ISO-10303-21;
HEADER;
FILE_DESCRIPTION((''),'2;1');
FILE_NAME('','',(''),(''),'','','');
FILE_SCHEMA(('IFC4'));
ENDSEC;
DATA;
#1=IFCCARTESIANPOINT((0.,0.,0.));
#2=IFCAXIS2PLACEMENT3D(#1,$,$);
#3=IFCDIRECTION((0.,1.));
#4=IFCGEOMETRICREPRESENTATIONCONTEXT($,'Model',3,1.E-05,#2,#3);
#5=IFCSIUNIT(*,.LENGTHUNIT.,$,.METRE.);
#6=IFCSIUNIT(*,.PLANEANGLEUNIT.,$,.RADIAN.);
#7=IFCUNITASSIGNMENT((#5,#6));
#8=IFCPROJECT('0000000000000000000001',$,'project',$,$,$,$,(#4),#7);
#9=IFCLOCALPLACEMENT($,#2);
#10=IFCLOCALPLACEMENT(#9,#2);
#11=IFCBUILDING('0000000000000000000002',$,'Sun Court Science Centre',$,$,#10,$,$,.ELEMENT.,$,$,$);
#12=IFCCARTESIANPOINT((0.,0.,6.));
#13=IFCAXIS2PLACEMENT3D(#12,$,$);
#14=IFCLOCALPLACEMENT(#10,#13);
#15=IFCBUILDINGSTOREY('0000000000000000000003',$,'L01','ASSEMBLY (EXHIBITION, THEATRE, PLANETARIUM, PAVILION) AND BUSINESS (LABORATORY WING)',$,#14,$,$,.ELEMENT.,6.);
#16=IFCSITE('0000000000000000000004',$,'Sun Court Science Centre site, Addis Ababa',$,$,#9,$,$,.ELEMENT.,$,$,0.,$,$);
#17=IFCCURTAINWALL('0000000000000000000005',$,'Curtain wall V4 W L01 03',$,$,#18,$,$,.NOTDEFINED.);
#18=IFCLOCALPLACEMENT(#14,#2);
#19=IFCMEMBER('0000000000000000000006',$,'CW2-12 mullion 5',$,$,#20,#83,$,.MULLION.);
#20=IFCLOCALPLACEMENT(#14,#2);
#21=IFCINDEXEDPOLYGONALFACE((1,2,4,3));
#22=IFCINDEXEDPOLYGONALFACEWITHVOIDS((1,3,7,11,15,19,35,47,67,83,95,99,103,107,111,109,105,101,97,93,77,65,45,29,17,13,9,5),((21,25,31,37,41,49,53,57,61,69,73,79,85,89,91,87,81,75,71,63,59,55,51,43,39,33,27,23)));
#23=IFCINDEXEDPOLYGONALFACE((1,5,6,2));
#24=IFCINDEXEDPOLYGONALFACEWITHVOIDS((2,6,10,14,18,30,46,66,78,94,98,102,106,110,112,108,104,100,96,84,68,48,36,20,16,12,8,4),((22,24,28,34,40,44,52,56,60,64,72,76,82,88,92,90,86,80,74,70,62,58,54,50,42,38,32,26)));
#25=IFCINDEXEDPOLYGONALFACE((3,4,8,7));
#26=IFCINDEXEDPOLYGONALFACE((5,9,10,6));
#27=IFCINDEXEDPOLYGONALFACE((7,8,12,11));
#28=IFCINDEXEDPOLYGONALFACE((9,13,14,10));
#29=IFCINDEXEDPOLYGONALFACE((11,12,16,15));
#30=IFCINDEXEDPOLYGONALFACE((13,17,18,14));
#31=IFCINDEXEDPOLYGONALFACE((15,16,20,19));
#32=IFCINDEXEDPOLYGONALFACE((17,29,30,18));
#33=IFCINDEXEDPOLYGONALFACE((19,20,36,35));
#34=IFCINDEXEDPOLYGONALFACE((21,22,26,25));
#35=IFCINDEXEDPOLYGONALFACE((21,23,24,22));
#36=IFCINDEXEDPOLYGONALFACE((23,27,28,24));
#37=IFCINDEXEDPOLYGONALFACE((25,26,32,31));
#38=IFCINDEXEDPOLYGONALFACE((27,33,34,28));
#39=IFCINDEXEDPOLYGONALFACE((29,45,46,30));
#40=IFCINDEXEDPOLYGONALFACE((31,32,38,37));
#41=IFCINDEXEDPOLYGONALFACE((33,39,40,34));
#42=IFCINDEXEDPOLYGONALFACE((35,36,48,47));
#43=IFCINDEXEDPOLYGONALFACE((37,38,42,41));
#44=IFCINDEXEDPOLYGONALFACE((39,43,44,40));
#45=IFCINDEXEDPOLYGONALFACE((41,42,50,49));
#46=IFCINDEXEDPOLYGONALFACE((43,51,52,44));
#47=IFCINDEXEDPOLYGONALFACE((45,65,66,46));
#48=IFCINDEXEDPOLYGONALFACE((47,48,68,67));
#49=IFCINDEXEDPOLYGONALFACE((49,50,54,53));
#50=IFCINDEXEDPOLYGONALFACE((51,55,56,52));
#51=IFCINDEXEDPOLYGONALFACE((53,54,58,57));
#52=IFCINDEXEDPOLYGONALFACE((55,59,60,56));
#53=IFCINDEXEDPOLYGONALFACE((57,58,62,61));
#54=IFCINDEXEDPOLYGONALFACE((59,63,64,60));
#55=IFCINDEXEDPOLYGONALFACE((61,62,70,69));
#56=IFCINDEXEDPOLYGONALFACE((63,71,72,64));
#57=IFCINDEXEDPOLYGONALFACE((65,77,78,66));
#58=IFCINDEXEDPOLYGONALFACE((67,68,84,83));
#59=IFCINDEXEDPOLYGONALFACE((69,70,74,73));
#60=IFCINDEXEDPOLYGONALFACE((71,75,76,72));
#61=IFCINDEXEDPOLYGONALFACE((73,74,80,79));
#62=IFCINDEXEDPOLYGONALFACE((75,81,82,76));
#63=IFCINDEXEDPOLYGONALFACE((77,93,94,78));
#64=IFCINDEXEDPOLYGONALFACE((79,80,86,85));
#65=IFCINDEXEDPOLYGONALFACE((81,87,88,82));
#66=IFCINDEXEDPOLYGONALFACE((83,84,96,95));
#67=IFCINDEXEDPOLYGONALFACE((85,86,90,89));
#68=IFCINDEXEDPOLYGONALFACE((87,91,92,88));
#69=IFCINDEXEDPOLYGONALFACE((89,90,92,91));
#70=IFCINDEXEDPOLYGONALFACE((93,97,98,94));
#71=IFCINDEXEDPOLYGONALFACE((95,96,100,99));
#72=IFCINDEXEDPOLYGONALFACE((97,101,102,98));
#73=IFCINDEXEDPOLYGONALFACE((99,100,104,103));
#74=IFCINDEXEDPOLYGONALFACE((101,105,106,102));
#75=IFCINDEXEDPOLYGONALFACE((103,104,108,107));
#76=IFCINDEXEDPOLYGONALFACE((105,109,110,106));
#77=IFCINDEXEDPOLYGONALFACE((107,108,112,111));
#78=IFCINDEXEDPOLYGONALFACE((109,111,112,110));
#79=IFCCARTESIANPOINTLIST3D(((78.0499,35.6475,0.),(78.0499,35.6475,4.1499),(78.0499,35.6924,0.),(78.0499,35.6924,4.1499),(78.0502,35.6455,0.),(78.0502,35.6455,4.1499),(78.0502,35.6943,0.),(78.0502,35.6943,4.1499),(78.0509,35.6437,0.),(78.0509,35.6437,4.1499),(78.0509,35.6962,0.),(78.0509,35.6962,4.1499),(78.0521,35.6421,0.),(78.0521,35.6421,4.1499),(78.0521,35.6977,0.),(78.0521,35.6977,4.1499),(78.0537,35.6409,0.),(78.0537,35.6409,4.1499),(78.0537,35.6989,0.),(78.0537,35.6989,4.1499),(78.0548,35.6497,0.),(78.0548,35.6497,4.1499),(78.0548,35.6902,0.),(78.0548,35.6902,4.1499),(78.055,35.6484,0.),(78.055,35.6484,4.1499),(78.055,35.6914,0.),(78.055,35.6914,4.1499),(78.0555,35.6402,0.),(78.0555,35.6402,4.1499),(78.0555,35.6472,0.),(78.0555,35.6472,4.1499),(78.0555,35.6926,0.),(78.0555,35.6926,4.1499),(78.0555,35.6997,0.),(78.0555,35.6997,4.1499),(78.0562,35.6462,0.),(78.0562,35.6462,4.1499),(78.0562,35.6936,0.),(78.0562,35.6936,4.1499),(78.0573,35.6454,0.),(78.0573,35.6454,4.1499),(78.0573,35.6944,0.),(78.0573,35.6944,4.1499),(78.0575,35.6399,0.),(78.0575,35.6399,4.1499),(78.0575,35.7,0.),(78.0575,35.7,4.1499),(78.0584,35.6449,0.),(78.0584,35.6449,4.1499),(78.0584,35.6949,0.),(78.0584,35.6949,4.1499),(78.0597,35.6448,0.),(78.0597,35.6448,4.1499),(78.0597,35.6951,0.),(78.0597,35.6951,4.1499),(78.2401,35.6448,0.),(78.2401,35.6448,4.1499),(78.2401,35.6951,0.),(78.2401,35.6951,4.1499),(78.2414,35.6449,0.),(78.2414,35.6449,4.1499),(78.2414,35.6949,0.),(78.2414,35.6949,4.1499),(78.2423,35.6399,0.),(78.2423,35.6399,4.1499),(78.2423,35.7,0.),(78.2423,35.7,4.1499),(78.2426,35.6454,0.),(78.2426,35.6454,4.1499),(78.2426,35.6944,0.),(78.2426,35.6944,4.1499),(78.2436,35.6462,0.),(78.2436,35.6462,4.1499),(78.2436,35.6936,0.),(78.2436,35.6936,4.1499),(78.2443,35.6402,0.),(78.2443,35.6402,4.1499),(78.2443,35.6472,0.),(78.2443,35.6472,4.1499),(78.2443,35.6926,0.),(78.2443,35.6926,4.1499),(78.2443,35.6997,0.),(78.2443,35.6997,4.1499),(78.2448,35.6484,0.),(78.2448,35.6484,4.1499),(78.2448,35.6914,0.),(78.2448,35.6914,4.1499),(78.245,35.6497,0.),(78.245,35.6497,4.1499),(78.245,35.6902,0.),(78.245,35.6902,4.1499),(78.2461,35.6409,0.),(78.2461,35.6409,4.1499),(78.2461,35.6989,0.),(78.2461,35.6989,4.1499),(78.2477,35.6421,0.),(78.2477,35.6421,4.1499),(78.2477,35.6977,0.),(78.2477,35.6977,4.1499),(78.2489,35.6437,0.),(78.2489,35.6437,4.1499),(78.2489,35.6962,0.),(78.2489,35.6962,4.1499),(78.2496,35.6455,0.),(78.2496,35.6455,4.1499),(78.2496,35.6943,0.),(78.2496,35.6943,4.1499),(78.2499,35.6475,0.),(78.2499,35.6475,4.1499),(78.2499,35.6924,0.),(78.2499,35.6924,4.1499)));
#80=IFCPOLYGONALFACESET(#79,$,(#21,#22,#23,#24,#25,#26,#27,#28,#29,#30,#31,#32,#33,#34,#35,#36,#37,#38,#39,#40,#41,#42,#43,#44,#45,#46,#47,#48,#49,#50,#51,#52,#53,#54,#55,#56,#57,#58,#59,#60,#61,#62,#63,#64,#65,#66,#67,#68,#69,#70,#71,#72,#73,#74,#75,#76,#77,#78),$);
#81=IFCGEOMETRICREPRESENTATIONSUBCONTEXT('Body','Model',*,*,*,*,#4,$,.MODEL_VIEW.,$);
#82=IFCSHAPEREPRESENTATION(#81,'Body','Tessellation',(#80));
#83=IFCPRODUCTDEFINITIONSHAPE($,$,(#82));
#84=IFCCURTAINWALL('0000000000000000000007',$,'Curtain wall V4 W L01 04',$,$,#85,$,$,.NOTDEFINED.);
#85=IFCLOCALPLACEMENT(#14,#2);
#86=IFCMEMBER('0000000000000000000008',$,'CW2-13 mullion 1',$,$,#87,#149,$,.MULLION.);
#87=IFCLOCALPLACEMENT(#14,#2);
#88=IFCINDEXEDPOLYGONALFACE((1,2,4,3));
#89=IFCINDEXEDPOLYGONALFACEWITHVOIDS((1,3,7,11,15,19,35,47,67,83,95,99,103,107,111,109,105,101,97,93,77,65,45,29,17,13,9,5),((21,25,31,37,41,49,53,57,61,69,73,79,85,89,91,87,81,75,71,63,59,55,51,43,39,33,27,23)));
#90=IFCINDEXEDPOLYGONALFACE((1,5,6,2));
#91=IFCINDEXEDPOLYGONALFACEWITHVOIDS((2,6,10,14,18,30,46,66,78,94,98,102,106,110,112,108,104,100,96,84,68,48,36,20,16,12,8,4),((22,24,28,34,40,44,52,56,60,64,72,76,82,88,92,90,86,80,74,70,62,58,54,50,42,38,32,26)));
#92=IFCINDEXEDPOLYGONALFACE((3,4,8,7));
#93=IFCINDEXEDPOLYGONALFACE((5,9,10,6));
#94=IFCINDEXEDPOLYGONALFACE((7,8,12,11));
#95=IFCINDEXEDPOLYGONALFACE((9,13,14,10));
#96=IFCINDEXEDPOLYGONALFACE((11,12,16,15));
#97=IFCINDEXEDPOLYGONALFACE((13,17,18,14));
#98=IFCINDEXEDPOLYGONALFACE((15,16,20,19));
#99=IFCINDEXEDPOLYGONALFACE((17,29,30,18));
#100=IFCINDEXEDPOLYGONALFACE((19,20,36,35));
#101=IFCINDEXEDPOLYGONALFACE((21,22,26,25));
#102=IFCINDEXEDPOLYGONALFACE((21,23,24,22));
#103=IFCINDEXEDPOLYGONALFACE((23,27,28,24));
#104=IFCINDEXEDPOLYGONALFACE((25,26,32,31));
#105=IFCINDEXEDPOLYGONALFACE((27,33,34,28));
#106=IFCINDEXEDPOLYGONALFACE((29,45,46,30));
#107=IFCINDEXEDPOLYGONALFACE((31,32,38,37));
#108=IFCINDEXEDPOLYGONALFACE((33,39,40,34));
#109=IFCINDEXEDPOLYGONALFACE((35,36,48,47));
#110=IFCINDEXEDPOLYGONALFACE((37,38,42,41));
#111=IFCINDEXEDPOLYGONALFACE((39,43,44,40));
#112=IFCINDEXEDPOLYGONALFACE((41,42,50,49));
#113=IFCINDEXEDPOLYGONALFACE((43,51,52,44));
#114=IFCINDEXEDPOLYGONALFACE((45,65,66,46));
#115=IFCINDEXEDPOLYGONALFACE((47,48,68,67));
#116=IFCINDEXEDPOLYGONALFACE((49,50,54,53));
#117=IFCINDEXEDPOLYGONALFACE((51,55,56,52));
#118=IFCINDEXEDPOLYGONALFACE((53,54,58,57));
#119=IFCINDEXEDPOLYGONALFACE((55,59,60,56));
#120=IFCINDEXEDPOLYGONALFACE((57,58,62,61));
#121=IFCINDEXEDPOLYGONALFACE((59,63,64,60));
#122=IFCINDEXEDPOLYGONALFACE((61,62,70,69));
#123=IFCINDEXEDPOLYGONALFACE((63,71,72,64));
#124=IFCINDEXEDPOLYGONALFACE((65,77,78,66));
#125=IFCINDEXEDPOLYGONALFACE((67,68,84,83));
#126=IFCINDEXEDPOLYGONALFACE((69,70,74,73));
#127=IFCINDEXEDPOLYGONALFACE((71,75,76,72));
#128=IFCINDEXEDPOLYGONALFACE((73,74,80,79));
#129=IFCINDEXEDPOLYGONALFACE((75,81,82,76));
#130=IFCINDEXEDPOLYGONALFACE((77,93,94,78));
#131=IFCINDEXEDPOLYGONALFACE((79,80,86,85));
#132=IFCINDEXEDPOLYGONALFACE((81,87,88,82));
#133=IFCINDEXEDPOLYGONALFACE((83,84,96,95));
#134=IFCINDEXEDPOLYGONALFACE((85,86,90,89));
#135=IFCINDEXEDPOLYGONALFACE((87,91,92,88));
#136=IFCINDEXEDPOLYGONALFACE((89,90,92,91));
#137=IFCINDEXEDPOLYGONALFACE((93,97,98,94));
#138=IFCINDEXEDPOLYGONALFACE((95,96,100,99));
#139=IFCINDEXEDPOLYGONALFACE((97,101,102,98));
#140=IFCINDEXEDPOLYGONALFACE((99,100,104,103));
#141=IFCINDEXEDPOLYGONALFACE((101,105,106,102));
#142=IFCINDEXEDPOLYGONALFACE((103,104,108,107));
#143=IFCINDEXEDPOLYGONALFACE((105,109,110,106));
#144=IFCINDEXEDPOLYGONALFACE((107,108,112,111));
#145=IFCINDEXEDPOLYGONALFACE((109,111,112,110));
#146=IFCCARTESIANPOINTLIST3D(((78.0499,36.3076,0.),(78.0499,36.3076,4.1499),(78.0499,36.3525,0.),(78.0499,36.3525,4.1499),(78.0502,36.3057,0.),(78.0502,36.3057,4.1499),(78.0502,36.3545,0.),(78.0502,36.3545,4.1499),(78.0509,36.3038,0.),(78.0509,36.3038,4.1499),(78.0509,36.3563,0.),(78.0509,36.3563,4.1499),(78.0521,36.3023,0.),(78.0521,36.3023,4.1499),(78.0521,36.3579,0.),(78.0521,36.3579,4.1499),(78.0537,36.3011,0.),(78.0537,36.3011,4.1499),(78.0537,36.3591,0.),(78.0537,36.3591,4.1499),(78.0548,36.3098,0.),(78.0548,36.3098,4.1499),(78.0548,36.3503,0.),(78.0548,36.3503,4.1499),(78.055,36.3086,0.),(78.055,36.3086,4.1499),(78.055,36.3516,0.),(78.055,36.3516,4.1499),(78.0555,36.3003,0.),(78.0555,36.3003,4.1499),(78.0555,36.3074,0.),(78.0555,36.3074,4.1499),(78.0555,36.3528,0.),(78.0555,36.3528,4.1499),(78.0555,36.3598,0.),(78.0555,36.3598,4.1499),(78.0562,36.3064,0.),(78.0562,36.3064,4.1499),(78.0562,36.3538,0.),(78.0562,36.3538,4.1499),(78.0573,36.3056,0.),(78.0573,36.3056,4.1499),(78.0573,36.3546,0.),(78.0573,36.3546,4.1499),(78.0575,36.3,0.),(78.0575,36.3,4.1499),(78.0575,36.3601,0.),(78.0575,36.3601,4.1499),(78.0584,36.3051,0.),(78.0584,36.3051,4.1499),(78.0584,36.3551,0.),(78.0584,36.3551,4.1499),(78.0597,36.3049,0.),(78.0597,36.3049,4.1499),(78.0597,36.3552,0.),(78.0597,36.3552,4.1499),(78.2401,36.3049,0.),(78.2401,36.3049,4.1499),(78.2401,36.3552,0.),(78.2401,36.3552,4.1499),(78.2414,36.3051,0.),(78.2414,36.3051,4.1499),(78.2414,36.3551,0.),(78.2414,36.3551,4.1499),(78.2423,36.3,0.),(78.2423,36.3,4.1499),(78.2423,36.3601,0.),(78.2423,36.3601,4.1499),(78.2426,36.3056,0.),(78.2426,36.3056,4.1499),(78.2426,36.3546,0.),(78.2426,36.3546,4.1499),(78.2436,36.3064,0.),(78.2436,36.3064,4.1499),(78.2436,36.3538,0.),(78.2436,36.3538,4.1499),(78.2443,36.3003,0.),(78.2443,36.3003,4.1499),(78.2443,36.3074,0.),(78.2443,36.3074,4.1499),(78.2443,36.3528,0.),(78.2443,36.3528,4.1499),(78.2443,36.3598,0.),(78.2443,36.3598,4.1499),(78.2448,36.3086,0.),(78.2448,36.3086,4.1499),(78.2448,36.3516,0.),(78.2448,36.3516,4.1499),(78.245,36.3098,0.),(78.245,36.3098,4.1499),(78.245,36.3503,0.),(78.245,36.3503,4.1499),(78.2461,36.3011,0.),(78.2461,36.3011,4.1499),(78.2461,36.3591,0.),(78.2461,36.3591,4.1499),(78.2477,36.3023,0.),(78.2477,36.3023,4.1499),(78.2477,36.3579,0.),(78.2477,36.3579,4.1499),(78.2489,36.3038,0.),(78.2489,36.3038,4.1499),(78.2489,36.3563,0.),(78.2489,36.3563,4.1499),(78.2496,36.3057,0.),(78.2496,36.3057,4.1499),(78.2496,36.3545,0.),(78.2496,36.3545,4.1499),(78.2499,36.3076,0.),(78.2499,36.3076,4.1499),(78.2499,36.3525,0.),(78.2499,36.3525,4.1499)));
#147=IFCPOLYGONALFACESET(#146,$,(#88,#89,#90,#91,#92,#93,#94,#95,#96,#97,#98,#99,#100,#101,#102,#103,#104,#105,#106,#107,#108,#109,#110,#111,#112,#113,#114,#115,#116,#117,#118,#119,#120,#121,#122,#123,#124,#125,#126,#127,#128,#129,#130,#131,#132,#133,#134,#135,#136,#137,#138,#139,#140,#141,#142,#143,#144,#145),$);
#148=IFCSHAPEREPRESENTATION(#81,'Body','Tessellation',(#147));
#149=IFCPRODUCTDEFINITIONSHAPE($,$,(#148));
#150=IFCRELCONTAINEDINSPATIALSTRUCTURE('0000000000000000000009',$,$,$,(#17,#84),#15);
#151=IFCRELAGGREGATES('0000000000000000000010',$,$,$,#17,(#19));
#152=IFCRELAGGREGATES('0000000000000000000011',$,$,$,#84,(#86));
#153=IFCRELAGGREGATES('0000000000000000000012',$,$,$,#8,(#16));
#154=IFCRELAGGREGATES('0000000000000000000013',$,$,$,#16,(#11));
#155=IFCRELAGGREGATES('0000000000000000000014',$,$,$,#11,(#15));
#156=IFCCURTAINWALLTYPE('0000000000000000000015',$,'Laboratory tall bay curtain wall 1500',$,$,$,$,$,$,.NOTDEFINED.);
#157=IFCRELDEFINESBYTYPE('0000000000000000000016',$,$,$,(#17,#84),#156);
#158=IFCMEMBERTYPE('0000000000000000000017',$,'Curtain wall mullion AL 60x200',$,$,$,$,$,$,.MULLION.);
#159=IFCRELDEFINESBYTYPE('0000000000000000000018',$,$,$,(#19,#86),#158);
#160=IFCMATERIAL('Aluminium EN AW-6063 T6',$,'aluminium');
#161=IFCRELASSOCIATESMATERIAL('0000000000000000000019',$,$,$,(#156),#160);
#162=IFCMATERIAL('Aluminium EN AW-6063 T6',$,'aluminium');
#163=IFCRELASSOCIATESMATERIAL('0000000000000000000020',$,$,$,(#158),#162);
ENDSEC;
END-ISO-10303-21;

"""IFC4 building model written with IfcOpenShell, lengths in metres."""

from ifc_helpers import new_model, si_unit, direction, frame, origin, origin_2d, place, context, subcontext, project, spatial, hollow_rectangle, extrude, material, material_profile, profile_set, type_object, element, aggregate, save


model = new_model("IFC4")

# Units and contexts
model_context = context("Model", 3, precision=1e-05, world=origin(), true_north=direction((0.0, 1.0)))
body_context = subcontext(model_context, "Body", "Model", "MODEL_VIEW")
ifc_project = project(units=[si_unit("LENGTHUNIT", "METRE"), si_unit("PLANEANGLEUNIT", "RADIAN")], contexts=[model_context])

# Site, building, storey
site_placement = place(None, origin())
site = spatial("IfcSite", under=ifc_project, at=site_placement, Name="Sun Court Science Centre site, Addis Ababa", CompositionType="ELEMENT", RefElevation=0.0)
building_placement = place(site_placement, origin())
building = spatial("IfcBuilding", under=site, at=building_placement, Name="Sun Court Science Centre", CompositionType="ELEMENT")
storey_placement = place(building_placement, frame((0.0, 0.0, 6.0)))
storey = spatial("IfcBuildingStorey", under=building, at=storey_placement, Name="L01", Description="ASSEMBLY (EXHIBITION, THEATRE, PLANETARIUM, PAVILION) AND BUSINESS (LABORATORY WING)", CompositionType="ELEMENT", Elevation=6.0)

# Curtain wall, member
ifc_material_1 = material(Name="Aluminium EN AW-6063 T6", Category="aluminium")
curtain_wall_type = type_object("IfcCurtainWallType", Name="Laboratory tall bay curtain wall 1500", PredefinedType="NOTDEFINED", material=ifc_material_1)
curtain_wall_1_placement = place(storey_placement, origin())
curtain_wall_1 = element("IfcCurtainWall", 1, at=curtain_wall_1_placement, inside=storey, type_object=curtain_wall_type, Name="Curtain wall V4 W L01 03", PredefinedType="NOTDEFINED")
ifc_material_2 = material(Name="Aluminium EN AW-6063 T6", Category="aluminium")
ifc_material_profile_1 = material_profile(ifc_material_2, hollow_rectangle(XDim=0.0601, YDim=0.2, WallThickness=0.0049, InnerFilletRadius=0.0049, OuterFilletRadius=0.0076, at=origin_2d()), Name="AL 60x200x5")
ifc_profile_set_1 = profile_set([ifc_material_profile_1], Name="Aluminium EN AW-6063 T6")
member_type_1 = type_object("IfcMemberType", Name="Curtain wall mullion AL 60x200", PredefinedType="MULLION", material=ifc_profile_set_1)
member_1_placement = place(storey_placement, frame((78.1499, 35.6699, 0.0), z_axis=(0.0, 0.0, 1.0), x_axis=(0.0, 1.0, 0.0)))
member_1 = element("IfcMember", 2, at=member_1_placement, type_object=member_type_1, Name="CW2-12 mullion 5", PredefinedType="MULLION", context=body_context, shape_type="SweptSolid", body=[
    extrude(hollow_rectangle(XDim=0.0601, YDim=0.2, WallThickness=0.0049, InnerFilletRadius=0.0049, OuterFilletRadius=0.0076, at=origin_2d()), origin(), (0.0, 0.0, 1.0), 4.1499),
])

# Curtain wall, member
curtain_wall_2_placement = place(storey_placement, origin())
curtain_wall_2 = element("IfcCurtainWall", 3, at=curtain_wall_2_placement, inside=storey, type_object=curtain_wall_type, Name="Curtain wall V4 W L01 04", PredefinedType="NOTDEFINED")
member_2_placement = place(storey_placement, frame((78.1499, 36.3301, 0.0), z_axis=(0.0, 0.0, 1.0), x_axis=(0.0, 1.0, 0.0)))
member_2 = element("IfcMember", 4, at=member_2_placement, type_object=member_type_1, Name="CW2-13 mullion 1", PredefinedType="MULLION", context=body_context, shape_type="SweptSolid", body=[
    extrude(hollow_rectangle(XDim=0.0601, YDim=0.2, WallThickness=0.0049, InnerFilletRadius=0.0049, OuterFilletRadius=0.0076, at=origin_2d()), origin(), (0.0, 0.0, 1.0), 4.1499),
])

aggregate(curtain_wall_1, [member_1])
aggregate(curtain_wall_2, [member_2])

save(model, "model.ifc")
